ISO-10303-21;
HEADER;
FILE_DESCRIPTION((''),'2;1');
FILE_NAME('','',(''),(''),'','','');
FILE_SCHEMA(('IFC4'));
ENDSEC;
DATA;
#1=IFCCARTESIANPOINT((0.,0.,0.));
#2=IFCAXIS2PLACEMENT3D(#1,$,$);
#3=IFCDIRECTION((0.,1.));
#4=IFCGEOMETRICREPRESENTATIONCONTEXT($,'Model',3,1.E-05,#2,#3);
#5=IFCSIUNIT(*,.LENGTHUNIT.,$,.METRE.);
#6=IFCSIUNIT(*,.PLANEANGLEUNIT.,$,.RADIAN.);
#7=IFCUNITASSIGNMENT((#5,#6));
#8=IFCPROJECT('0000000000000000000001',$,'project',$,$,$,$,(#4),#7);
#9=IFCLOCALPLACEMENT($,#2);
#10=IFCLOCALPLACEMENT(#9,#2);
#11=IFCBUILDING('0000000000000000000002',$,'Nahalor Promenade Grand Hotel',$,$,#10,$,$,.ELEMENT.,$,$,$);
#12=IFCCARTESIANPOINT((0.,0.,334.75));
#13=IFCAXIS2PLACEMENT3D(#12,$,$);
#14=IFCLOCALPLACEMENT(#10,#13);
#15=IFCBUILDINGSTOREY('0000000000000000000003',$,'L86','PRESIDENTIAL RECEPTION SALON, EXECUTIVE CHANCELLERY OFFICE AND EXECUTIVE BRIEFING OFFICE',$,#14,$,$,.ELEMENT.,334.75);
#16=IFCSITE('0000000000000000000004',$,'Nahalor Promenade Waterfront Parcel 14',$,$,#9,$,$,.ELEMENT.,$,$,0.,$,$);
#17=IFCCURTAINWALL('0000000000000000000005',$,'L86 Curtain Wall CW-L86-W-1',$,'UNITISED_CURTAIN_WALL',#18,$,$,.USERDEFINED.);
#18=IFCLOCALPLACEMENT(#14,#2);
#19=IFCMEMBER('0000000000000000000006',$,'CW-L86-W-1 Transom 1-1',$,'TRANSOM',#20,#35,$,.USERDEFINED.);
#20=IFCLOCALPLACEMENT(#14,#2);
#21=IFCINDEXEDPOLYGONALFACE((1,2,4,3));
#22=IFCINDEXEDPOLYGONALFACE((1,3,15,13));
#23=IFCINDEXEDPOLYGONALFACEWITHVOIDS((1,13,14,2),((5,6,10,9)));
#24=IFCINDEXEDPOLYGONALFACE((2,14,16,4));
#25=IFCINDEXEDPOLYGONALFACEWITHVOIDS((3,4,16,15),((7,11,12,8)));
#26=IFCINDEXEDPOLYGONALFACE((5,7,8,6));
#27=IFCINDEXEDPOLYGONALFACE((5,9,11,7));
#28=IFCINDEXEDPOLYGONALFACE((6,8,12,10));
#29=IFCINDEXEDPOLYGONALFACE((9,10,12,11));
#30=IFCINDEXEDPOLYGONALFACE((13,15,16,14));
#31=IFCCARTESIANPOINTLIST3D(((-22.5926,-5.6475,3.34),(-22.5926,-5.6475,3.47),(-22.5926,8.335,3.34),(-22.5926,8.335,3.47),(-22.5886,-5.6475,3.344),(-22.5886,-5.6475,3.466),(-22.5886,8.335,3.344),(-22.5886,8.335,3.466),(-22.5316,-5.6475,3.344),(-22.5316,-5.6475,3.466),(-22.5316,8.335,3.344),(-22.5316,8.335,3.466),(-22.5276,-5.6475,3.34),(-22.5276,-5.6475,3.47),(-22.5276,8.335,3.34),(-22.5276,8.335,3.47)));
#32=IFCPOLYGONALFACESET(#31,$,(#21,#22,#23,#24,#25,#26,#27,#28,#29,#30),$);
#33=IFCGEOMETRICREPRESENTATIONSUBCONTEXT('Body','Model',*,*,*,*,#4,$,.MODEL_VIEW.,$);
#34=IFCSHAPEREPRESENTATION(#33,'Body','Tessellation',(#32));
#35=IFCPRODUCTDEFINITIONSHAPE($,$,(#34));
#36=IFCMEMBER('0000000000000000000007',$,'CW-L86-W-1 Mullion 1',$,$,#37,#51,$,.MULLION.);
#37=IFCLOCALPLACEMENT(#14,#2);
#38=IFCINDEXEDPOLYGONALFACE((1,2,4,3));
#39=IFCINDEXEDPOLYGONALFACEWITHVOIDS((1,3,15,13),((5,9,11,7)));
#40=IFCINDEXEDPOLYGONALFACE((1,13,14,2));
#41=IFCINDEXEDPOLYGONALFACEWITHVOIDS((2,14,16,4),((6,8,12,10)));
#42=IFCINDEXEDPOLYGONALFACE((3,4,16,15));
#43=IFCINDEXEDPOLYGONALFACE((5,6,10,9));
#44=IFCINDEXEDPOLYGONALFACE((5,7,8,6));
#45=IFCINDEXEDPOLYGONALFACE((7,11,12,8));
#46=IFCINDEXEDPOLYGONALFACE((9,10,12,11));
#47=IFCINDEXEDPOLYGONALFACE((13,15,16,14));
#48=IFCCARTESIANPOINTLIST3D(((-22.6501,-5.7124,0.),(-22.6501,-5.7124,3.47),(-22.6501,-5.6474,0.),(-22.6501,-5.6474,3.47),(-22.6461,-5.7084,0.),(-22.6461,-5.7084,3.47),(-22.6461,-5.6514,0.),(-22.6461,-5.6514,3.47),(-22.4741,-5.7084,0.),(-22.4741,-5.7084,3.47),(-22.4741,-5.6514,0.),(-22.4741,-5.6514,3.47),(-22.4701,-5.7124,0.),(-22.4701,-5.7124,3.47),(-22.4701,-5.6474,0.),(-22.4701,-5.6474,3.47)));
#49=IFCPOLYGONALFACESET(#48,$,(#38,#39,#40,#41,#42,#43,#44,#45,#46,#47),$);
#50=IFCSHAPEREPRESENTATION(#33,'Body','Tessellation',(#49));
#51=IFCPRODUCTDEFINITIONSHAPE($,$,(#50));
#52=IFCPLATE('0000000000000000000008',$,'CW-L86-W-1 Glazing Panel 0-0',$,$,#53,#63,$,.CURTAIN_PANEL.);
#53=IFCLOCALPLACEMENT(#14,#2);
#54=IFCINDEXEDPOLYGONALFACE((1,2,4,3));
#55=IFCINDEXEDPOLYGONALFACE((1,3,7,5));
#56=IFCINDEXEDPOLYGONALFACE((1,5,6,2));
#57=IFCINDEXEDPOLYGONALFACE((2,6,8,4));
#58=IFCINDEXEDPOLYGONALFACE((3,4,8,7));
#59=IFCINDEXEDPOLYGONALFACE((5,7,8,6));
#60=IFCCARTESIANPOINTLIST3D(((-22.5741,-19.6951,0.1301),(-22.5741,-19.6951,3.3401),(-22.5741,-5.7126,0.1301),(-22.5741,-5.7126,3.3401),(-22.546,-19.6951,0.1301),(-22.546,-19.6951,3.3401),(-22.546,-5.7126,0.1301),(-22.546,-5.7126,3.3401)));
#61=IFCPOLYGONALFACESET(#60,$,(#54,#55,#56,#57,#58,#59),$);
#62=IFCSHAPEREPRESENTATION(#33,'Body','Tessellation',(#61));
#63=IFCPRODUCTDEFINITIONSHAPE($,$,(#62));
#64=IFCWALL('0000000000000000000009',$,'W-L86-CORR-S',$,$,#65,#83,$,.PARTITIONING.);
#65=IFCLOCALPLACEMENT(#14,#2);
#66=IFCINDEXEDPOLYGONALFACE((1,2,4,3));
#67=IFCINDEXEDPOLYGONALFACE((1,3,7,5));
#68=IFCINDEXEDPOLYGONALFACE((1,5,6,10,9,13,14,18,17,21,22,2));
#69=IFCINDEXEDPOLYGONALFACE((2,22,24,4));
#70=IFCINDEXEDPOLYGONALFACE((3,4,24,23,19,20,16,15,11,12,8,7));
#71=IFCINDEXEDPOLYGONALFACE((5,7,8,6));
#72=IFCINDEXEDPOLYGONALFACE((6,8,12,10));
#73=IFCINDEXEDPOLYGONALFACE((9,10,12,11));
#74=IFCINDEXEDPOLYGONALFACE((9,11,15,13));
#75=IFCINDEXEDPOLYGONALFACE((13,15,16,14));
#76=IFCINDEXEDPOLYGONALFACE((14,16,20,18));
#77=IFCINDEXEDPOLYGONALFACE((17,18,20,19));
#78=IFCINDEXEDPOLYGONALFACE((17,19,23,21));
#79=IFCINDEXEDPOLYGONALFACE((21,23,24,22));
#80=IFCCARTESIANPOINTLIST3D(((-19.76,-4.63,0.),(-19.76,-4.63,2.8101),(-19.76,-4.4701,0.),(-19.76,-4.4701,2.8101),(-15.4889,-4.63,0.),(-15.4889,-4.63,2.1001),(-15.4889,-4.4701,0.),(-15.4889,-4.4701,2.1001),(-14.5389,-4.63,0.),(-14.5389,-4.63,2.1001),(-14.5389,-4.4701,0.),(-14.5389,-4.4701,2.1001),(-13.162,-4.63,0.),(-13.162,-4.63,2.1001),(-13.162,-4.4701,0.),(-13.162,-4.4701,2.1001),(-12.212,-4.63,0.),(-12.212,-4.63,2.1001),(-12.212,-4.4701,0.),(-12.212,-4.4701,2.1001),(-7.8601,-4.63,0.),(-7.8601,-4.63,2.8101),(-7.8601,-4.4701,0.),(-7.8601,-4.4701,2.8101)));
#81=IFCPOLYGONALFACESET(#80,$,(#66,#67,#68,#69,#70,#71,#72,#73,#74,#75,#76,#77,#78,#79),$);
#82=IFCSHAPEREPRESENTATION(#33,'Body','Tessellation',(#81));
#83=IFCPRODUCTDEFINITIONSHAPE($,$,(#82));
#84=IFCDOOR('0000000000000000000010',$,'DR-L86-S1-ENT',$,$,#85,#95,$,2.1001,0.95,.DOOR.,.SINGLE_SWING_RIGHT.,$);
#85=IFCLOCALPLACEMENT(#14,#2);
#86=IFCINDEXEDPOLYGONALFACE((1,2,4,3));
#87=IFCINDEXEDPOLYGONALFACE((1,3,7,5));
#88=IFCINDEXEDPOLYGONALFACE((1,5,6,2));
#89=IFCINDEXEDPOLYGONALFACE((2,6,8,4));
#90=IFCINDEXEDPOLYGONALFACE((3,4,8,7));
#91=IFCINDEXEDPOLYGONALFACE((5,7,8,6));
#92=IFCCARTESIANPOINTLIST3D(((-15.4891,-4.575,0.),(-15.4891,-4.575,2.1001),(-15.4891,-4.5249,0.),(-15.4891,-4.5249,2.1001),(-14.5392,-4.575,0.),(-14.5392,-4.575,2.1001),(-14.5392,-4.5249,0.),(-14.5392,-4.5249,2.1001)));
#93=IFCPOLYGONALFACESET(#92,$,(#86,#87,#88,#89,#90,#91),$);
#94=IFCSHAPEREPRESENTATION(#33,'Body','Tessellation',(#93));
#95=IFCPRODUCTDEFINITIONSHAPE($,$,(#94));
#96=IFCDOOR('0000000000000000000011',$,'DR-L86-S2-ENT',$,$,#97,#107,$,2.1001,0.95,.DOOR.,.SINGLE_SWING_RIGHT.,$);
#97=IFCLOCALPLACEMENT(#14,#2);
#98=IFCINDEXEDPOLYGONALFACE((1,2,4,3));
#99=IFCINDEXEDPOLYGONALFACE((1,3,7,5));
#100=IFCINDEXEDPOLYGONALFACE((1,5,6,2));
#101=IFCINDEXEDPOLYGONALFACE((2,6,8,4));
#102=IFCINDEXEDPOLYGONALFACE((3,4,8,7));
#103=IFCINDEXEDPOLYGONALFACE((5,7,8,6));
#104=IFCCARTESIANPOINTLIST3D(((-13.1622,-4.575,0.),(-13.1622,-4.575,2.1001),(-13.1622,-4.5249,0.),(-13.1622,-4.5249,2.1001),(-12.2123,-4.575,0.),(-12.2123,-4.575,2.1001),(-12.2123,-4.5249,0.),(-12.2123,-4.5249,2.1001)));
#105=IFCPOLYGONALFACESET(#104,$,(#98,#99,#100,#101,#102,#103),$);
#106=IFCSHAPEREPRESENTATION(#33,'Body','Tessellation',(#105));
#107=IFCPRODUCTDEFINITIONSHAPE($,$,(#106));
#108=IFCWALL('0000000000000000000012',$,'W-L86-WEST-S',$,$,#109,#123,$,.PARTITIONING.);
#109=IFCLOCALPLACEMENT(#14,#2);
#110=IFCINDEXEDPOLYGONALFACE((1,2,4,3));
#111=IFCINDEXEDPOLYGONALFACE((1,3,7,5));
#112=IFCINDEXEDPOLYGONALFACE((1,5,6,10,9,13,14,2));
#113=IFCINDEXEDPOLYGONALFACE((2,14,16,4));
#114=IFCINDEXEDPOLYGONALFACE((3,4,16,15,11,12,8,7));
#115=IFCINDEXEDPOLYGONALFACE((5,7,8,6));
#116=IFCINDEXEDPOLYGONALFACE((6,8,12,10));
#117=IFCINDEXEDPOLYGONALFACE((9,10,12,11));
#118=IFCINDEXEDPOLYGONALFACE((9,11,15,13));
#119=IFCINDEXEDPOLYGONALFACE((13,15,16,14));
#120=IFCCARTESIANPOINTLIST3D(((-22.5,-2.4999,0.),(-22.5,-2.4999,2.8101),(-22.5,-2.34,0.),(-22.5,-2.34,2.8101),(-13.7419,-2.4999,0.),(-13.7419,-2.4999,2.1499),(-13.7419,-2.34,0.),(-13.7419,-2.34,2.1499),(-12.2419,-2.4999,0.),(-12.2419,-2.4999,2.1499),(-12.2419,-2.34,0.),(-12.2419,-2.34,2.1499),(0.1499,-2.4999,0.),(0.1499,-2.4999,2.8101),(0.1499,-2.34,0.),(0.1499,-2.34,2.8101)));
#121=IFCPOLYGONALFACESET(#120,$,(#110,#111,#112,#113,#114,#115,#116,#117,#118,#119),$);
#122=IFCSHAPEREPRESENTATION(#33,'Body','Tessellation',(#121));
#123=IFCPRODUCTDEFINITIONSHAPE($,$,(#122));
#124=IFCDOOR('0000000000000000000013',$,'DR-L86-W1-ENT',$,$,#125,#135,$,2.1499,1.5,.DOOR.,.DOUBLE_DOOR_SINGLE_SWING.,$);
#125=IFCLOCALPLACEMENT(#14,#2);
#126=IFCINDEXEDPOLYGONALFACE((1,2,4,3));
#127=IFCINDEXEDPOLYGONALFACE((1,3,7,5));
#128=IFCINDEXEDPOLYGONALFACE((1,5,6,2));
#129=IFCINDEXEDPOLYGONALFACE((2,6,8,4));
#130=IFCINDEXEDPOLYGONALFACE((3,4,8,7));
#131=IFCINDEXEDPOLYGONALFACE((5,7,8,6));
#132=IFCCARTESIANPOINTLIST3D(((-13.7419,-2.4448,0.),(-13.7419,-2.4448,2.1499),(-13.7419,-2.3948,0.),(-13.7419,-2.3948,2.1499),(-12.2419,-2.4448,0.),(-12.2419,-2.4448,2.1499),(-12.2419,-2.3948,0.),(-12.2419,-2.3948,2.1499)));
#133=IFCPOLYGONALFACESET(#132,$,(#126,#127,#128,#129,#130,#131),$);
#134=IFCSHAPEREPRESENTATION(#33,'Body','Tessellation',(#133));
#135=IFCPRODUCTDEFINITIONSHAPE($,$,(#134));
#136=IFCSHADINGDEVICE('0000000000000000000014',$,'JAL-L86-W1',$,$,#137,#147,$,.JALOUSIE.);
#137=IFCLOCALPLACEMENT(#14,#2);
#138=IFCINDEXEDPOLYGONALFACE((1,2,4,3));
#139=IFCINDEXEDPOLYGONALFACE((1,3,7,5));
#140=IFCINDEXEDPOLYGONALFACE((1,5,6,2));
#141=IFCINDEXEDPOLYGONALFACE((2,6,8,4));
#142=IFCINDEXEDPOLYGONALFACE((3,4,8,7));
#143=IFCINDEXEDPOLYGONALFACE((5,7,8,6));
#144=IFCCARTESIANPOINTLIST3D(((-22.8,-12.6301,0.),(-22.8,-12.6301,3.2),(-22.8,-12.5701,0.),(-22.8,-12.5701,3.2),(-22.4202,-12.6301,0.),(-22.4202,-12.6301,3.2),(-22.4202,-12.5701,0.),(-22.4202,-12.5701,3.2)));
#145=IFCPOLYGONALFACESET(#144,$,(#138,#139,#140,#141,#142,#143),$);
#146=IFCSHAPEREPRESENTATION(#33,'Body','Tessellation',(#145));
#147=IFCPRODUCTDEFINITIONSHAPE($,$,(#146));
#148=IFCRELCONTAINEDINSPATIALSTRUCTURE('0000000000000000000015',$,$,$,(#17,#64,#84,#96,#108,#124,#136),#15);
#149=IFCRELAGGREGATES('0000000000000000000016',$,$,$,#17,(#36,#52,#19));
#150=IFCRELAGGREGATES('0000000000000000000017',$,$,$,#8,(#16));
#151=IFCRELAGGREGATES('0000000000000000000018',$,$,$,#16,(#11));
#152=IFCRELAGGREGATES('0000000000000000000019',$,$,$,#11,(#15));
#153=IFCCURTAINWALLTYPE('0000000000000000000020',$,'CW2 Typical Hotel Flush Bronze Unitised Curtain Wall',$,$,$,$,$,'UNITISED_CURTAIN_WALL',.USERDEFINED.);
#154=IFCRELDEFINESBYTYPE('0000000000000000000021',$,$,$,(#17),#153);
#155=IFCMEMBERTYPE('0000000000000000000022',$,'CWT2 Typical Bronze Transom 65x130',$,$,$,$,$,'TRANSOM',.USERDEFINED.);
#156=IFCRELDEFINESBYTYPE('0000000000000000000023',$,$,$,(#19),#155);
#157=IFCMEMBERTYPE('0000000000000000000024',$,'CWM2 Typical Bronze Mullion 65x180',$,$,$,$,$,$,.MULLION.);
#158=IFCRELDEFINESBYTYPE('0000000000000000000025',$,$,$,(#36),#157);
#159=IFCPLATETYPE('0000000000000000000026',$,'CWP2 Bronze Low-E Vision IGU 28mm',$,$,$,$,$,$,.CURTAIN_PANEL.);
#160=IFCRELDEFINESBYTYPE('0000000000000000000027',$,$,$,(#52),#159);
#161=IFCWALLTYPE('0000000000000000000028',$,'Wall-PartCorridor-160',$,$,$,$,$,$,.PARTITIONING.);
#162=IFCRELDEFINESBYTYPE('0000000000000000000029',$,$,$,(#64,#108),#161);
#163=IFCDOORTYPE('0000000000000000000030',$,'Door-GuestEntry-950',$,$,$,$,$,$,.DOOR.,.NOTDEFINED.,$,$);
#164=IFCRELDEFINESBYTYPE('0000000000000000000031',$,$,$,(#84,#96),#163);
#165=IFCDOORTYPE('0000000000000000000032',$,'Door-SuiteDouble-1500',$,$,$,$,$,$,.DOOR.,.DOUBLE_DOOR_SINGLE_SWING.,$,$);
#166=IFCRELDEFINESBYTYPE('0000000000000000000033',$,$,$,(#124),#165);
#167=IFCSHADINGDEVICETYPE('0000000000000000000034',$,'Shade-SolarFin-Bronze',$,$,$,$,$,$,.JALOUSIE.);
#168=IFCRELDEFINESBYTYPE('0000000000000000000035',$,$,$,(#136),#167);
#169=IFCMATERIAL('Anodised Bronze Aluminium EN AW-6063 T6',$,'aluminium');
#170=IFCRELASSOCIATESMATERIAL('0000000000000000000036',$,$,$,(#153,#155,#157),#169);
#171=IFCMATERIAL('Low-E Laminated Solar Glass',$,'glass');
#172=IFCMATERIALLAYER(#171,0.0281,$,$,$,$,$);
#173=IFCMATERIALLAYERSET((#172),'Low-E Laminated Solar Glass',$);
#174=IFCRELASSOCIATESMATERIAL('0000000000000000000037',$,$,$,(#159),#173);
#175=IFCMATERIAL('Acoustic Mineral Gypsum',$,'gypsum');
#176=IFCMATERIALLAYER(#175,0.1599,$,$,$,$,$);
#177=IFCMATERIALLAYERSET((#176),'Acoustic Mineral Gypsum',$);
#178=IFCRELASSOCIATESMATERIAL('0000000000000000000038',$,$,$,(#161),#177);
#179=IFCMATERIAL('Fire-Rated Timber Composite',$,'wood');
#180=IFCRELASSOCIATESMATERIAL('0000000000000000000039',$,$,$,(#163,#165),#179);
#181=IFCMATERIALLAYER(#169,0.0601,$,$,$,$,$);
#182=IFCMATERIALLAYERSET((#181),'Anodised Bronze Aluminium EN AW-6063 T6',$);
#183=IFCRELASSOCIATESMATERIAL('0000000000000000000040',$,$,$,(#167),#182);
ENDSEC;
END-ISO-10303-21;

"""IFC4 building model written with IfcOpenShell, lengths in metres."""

from ifc_helpers import new_model, si_unit, direction, frame, frame_2d, origin, origin_2d, place, context, subcontext, project, spatial, rectangle, hollow_rectangle, extrude, source, transform, mapped, material, layer, layer_set, material_profile, profile_set, type_object, element, fill, aggregate, save


model = new_model("IFC4")

# Units and contexts
model_context = context("Model", 3, precision=1e-05, world=origin(), true_north=direction((0.0, 1.0)))
body_context = subcontext(model_context, "Body", "Model", "MODEL_VIEW")
ifc_project = project(units=[si_unit("LENGTHUNIT", "METRE"), si_unit("PLANEANGLEUNIT", "RADIAN")], contexts=[model_context])

# Site, building, storey
site_placement = place(None, origin())
site = spatial("IfcSite", under=ifc_project, at=site_placement, Name="Nahalor Promenade Waterfront Parcel 14", CompositionType="ELEMENT", RefElevation=0.0)
building_placement = place(site_placement, origin())
building = spatial("IfcBuilding", under=site, at=building_placement, Name="Nahalor Promenade Grand Hotel", CompositionType="ELEMENT")
storey_placement = place(building_placement, frame((0.0, 0.0, 334.75)))
storey = spatial("IfcBuildingStorey", under=building, at=storey_placement, Name="L86", Description="PRESIDENTIAL RECEPTION SALON, EXECUTIVE CHANCELLERY OFFICE AND EXECUTIVE BRIEFING OFFICE", CompositionType="ELEMENT", Elevation=334.75)

# Curtain wall, members, plate
ifc_material_1 = material(Name="Anodised Bronze Aluminium EN AW-6063 T6", Category="aluminium")
curtain_wall_type = type_object("IfcCurtainWallType", Name="CW2 Typical Hotel Flush Bronze Unitised Curtain Wall", ElementType="UNITISED_CURTAIN_WALL", PredefinedType="USERDEFINED", material=ifc_material_1)
curtain_wall_placement = place(storey_placement, origin())
curtain_wall = element("IfcCurtainWall", 1, at=curtain_wall_placement, inside=storey, type_object=curtain_wall_type, Name="L86 Curtain Wall CW-L86-W-1", ObjectType="UNITISED_CURTAIN_WALL", PredefinedType="USERDEFINED")
ifc_material_profile_1 = material_profile(ifc_material_1, hollow_rectangle(XDim=0.065, YDim=0.13, WallThickness=0.004, at=origin_2d()), Name="CWT 65x130x4")
ifc_profile_set_1 = profile_set([ifc_material_profile_1], Name="Anodised Bronze Aluminium EN AW-6063 T6")
member_type_1 = type_object("IfcMemberType", Name="CWT2 Typical Bronze Transom 65x130", ElementType="TRANSOM", PredefinedType="USERDEFINED", material=ifc_profile_set_1)
shared_shape_1 = source(origin(), body_context, "Body", "SweptSolid", [
    extrude(hollow_rectangle(XDim=0.065, YDim=0.13, WallThickness=0.004, at=origin_2d()), origin(), (0.0, 0.0, 1.0), 13.9824),
])
member_1_placement = place(storey_placement, frame((-22.5601, -5.6475, 3.405), z_axis=(0.0, 1.0, 0.0), x_axis=(-1.0, 0.0, 0.0)))
member_1 = element("IfcMember", 2, at=member_1_placement, type_object=member_type_1, Name="CW-L86-W-1 Transom 1-1", ObjectType="TRANSOM", PredefinedType="USERDEFINED", context=body_context, shape_type="MappedRepresentation", body=[
    mapped(shared_shape_1, transform((0.0, 0.0, 0.0), scale=1.0)),
])
ifc_material_profile_2 = material_profile(ifc_material_1, hollow_rectangle(XDim=0.065, YDim=0.18, WallThickness=0.004, at=origin_2d()), Name="CWM 65x180x4")
ifc_profile_set_2 = profile_set([ifc_material_profile_2], Name="Anodised Bronze Aluminium EN AW-6063 T6")
member_type_2 = type_object("IfcMemberType", Name="CWM2 Typical Bronze Mullion 65x180", PredefinedType="MULLION", material=ifc_profile_set_2)
shared_shape_2 = source(origin(), body_context, "Body", "SweptSolid", [
    extrude(hollow_rectangle(XDim=0.065, YDim=0.18, WallThickness=0.004, at=origin_2d()), origin(), (0.0, 0.0, 1.0), 3.47),
])
member_2_placement = place(storey_placement, frame((-22.5601, -5.6799, 0.0), z_axis=(0.0, 0.0, 1.0), x_axis=(0.0, 1.0, 0.0)))
member_2 = element("IfcMember", 3, at=member_2_placement, type_object=member_type_2, Name="CW-L86-W-1 Mullion 1", PredefinedType="MULLION", context=body_context, shape_type="MappedRepresentation", body=[
    mapped(shared_shape_2, transform((0.0, 0.0, 0.0), scale=1.0)),
])
ifc_material_2 = material(Name="Low-E Laminated Solar Glass", Category="glass")
ifc_layer_1 = layer(ifc_material_2, 0.0281)
ifc_layer_set_1 = layer_set([ifc_layer_1], Name="Low-E Laminated Solar Glass")
plate_type = type_object("IfcPlateType", Name="CWP2 Bronze Low-E Vision IGU 28mm", PredefinedType="CURTAIN_PANEL", material=ifc_layer_set_1)
shared_shape_3 = source(origin(), body_context, "Body", "SweptSolid", [
    extrude(rectangle(XDim=13.9824, YDim=0.0281, at=origin_2d()), origin(), (0.0, 0.0, 1.0), 3.21),
])
plate_placement = place(storey_placement, frame((-22.5601, -12.7039, 0.1301), z_axis=(0.0, 0.0, 1.0), x_axis=(0.0, 1.0, 0.0)))
plate = element("IfcPlate", 4, at=plate_placement, type_object=plate_type, Name="CW-L86-W-1 Glazing Panel 0-0", PredefinedType="CURTAIN_PANEL", context=body_context, shape_type="MappedRepresentation", body=[
    mapped(shared_shape_3, transform((0.0, 0.0, 0.0), scale=1.0)),
])
aggregate(curtain_wall, [member_2, plate, member_1])

# Wall, openings, doors
ifc_material_3 = material(Name="Acoustic Mineral Gypsum", Category="gypsum")
ifc_layer_2 = layer(ifc_material_3, 0.1599)
ifc_layer_set_2 = layer_set([ifc_layer_2], Name="Acoustic Mineral Gypsum")
wall_type = type_object("IfcWallType", Name="Wall-PartCorridor-160", PredefinedType="PARTITIONING", material=ifc_layer_set_2)
shared_shape_4 = source(origin(), body_context, "Body", "SweptSolid", [
    extrude(rectangle(XDim=11.8999, YDim=0.1599, at=frame_2d((5.95, 0.0))), origin(), (0.0, 0.0, 1.0), 2.8101),
])
wall_1_placement = place(storey_placement, frame((-19.76, -4.55, 0.0), z_axis=(0.0, 0.0, 1.0), x_axis=(1.0, 0.0, 0.0)))
wall_1 = element("IfcWall", 5, at=wall_1_placement, inside=storey, type_object=wall_type, Name="W-L86-CORR-S", PredefinedType="PARTITIONING", context=body_context, shape_type="MappedRepresentation", body=[
    mapped(shared_shape_4, transform((0.0, 0.0, 0.0), scale=1.0)),
])
opening_1_placement = place(wall_1_placement, frame((4.271, 0.0, 0.0)))
opening_1 = element("IfcOpeningElement", 6, at=opening_1_placement, cuts=wall_1, PredefinedType="OPENING", context=body_context, shape_type="SweptSolid", body=[
    extrude(rectangle(XDim=0.95, YDim=2.1001, at=frame_2d((0.4751, 1.05))), frame((0.0, 0.0898, 0.0), z_axis=(0.0, -1.0, 0.0), x_axis=(1.0, 0.0, 0.0)), (0.0, 0.0, 1.0), 0.1799),
])
opening_2_placement = place(wall_1_placement, frame((6.5979, 0.0, 0.0)))
opening_2 = element("IfcOpeningElement", 7, at=opening_2_placement, cuts=wall_1, PredefinedType="OPENING", context=body_context, shape_type="SweptSolid", body=[
    extrude(rectangle(XDim=0.95, YDim=2.1001, at=frame_2d((0.4751, 1.05))), frame((0.0, 0.0898, 0.0), z_axis=(0.0, -1.0, 0.0), x_axis=(1.0, 0.0, 0.0)), (0.0, 0.0, 1.0), 0.1799),
])
ifc_material_4 = material(Name="Fire-Rated Timber Composite", Category="wood")
door_type_1 = type_object("IfcDoorType", Name="Door-GuestEntry-950", OperationType="NOTDEFINED", PredefinedType="DOOR", material=ifc_material_4)
shared_shape_5 = source(origin(), body_context, "Body", "SweptSolid", [
    extrude(rectangle(XDim=0.95, YDim=2.1001, at=frame_2d((0.4751, 1.05))), frame((0.0, 0.0249, 0.0), z_axis=(0.0, -1.0, 0.0), x_axis=(1.0, 0.0, 0.0)), (0.0, 0.0, 1.0), 0.05),
])
door_1_placement = place(opening_1_placement, frame((0.95, 0.0, 0.0), z_axis=(0.0, 0.0, 1.0), x_axis=(-1.0, 0.0, 0.0)))
door_1 = element("IfcDoor", 8, at=door_1_placement, inside=storey, type_object=door_type_1, Name="DR-L86-S1-ENT", OperationType="SINGLE_SWING_RIGHT", OverallHeight=2.1001, OverallWidth=0.95, PredefinedType="DOOR", context=body_context, shape_type="MappedRepresentation", body=[
    mapped(shared_shape_5, transform((0.0, 0.0, 0.0), scale=1.0)),
])
fill(opening_1, door_1)
door_2_placement = place(opening_2_placement, frame((0.95, 0.0, 0.0), z_axis=(0.0, 0.0, 1.0), x_axis=(-1.0, 0.0, 0.0)))
door_2 = element("IfcDoor", 9, at=door_2_placement, inside=storey, type_object=door_type_1, Name="DR-L86-S2-ENT", OperationType="SINGLE_SWING_RIGHT", OverallHeight=2.1001, OverallWidth=0.95, PredefinedType="DOOR", context=body_context, shape_type="MappedRepresentation", body=[
    mapped(shared_shape_5, transform((0.0, 0.0, 0.0), scale=1.0)),
])
fill(opening_2, door_2)

# Wall, opening, door
shared_shape_6 = source(origin(), body_context, "Body", "SweptSolid", [
    extrude(rectangle(XDim=22.6499, YDim=0.1599, at=frame_2d((11.325, 0.0))), origin(), (0.0, 0.0, 1.0), 2.8101),
])
wall_2_placement = place(storey_placement, frame((-22.5, -2.4199, 0.0), z_axis=(0.0, 0.0, 1.0), x_axis=(1.0, 0.0, 0.0)))
wall_2 = element("IfcWall", 10, at=wall_2_placement, inside=storey, type_object=wall_type, Name="W-L86-WEST-S", PredefinedType="PARTITIONING", context=body_context, shape_type="MappedRepresentation", body=[
    mapped(shared_shape_6, transform((0.0, 0.0, 0.0), scale=1.0)),
])
opening_3_placement = place(wall_2_placement, frame((8.7581, 0.0, 0.0)))
opening_3 = element("IfcOpeningElement", 11, at=opening_3_placement, cuts=wall_2, PredefinedType="OPENING", context=body_context, shape_type="SweptSolid", body=[
    extrude(rectangle(XDim=1.5, YDim=2.1499, at=frame_2d((0.75, 1.075))), frame((0.0, 0.0898, 0.0), z_axis=(0.0, -1.0, 0.0), x_axis=(1.0, 0.0, 0.0)), (0.0, 0.0, 1.0), 0.1799),
])
door_type_2 = type_object("IfcDoorType", Name="Door-SuiteDouble-1500", OperationType="DOUBLE_DOOR_SINGLE_SWING", PredefinedType="DOOR", material=ifc_material_4)
shared_shape_7 = source(origin(), body_context, "Body", "SweptSolid", [
    extrude(rectangle(XDim=1.5, YDim=2.1499, at=frame_2d((0.75, 1.075))), frame((0.0, 0.0249, 0.0), z_axis=(0.0, -1.0, 0.0), x_axis=(1.0, 0.0, 0.0)), (0.0, 0.0, 1.0), 0.05),
])
door_3_placement = place(opening_3_placement, frame((1.5, 0.0, 0.0), z_axis=(0.0, 0.0, 1.0), x_axis=(-1.0, 0.0, 0.0)))
door_3 = element("IfcDoor", 12, at=door_3_placement, inside=storey, type_object=door_type_2, Name="DR-L86-W1-ENT", OperationType="DOUBLE_DOOR_SINGLE_SWING", OverallHeight=2.1499, OverallWidth=1.5, PredefinedType="DOOR", context=body_context, shape_type="MappedRepresentation", body=[
    mapped(shared_shape_7, transform((0.0, 0.0, 0.0), scale=1.0)),
])
fill(opening_3, door_3)

# Shading device
ifc_layer_3 = layer(ifc_material_1, 0.0601)
ifc_layer_set_3 = layer_set([ifc_layer_3], Name="Anodised Bronze Aluminium EN AW-6063 T6")
shading_device_type = type_object("IfcShadingDeviceType", Name="Shade-SolarFin-Bronze", PredefinedType="JALOUSIE", material=ifc_layer_set_3)
shared_shape_8 = source(origin(), body_context, "Body", "SweptSolid", [
    extrude(rectangle(XDim=0.3799, YDim=0.0601, at=origin_2d()), origin(), (0.0, 0.0, 1.0), 3.2),
])
shading_device_placement = place(storey_placement, frame((-22.6101, -12.6001, 0.0), z_axis=(0.0, 0.0, 1.0), x_axis=(1.0, 0.0, 0.0)))
element("IfcShadingDevice", 13, at=shading_device_placement, inside=storey, type_object=shading_device_type, Name="JAL-L86-W1", PredefinedType="JALOUSIE", context=body_context, shape_type="MappedRepresentation", body=[
    mapped(shared_shape_8, transform((0.0, 0.0, 0.0), scale=1.0)),
])

save(model, "model.ifc")
